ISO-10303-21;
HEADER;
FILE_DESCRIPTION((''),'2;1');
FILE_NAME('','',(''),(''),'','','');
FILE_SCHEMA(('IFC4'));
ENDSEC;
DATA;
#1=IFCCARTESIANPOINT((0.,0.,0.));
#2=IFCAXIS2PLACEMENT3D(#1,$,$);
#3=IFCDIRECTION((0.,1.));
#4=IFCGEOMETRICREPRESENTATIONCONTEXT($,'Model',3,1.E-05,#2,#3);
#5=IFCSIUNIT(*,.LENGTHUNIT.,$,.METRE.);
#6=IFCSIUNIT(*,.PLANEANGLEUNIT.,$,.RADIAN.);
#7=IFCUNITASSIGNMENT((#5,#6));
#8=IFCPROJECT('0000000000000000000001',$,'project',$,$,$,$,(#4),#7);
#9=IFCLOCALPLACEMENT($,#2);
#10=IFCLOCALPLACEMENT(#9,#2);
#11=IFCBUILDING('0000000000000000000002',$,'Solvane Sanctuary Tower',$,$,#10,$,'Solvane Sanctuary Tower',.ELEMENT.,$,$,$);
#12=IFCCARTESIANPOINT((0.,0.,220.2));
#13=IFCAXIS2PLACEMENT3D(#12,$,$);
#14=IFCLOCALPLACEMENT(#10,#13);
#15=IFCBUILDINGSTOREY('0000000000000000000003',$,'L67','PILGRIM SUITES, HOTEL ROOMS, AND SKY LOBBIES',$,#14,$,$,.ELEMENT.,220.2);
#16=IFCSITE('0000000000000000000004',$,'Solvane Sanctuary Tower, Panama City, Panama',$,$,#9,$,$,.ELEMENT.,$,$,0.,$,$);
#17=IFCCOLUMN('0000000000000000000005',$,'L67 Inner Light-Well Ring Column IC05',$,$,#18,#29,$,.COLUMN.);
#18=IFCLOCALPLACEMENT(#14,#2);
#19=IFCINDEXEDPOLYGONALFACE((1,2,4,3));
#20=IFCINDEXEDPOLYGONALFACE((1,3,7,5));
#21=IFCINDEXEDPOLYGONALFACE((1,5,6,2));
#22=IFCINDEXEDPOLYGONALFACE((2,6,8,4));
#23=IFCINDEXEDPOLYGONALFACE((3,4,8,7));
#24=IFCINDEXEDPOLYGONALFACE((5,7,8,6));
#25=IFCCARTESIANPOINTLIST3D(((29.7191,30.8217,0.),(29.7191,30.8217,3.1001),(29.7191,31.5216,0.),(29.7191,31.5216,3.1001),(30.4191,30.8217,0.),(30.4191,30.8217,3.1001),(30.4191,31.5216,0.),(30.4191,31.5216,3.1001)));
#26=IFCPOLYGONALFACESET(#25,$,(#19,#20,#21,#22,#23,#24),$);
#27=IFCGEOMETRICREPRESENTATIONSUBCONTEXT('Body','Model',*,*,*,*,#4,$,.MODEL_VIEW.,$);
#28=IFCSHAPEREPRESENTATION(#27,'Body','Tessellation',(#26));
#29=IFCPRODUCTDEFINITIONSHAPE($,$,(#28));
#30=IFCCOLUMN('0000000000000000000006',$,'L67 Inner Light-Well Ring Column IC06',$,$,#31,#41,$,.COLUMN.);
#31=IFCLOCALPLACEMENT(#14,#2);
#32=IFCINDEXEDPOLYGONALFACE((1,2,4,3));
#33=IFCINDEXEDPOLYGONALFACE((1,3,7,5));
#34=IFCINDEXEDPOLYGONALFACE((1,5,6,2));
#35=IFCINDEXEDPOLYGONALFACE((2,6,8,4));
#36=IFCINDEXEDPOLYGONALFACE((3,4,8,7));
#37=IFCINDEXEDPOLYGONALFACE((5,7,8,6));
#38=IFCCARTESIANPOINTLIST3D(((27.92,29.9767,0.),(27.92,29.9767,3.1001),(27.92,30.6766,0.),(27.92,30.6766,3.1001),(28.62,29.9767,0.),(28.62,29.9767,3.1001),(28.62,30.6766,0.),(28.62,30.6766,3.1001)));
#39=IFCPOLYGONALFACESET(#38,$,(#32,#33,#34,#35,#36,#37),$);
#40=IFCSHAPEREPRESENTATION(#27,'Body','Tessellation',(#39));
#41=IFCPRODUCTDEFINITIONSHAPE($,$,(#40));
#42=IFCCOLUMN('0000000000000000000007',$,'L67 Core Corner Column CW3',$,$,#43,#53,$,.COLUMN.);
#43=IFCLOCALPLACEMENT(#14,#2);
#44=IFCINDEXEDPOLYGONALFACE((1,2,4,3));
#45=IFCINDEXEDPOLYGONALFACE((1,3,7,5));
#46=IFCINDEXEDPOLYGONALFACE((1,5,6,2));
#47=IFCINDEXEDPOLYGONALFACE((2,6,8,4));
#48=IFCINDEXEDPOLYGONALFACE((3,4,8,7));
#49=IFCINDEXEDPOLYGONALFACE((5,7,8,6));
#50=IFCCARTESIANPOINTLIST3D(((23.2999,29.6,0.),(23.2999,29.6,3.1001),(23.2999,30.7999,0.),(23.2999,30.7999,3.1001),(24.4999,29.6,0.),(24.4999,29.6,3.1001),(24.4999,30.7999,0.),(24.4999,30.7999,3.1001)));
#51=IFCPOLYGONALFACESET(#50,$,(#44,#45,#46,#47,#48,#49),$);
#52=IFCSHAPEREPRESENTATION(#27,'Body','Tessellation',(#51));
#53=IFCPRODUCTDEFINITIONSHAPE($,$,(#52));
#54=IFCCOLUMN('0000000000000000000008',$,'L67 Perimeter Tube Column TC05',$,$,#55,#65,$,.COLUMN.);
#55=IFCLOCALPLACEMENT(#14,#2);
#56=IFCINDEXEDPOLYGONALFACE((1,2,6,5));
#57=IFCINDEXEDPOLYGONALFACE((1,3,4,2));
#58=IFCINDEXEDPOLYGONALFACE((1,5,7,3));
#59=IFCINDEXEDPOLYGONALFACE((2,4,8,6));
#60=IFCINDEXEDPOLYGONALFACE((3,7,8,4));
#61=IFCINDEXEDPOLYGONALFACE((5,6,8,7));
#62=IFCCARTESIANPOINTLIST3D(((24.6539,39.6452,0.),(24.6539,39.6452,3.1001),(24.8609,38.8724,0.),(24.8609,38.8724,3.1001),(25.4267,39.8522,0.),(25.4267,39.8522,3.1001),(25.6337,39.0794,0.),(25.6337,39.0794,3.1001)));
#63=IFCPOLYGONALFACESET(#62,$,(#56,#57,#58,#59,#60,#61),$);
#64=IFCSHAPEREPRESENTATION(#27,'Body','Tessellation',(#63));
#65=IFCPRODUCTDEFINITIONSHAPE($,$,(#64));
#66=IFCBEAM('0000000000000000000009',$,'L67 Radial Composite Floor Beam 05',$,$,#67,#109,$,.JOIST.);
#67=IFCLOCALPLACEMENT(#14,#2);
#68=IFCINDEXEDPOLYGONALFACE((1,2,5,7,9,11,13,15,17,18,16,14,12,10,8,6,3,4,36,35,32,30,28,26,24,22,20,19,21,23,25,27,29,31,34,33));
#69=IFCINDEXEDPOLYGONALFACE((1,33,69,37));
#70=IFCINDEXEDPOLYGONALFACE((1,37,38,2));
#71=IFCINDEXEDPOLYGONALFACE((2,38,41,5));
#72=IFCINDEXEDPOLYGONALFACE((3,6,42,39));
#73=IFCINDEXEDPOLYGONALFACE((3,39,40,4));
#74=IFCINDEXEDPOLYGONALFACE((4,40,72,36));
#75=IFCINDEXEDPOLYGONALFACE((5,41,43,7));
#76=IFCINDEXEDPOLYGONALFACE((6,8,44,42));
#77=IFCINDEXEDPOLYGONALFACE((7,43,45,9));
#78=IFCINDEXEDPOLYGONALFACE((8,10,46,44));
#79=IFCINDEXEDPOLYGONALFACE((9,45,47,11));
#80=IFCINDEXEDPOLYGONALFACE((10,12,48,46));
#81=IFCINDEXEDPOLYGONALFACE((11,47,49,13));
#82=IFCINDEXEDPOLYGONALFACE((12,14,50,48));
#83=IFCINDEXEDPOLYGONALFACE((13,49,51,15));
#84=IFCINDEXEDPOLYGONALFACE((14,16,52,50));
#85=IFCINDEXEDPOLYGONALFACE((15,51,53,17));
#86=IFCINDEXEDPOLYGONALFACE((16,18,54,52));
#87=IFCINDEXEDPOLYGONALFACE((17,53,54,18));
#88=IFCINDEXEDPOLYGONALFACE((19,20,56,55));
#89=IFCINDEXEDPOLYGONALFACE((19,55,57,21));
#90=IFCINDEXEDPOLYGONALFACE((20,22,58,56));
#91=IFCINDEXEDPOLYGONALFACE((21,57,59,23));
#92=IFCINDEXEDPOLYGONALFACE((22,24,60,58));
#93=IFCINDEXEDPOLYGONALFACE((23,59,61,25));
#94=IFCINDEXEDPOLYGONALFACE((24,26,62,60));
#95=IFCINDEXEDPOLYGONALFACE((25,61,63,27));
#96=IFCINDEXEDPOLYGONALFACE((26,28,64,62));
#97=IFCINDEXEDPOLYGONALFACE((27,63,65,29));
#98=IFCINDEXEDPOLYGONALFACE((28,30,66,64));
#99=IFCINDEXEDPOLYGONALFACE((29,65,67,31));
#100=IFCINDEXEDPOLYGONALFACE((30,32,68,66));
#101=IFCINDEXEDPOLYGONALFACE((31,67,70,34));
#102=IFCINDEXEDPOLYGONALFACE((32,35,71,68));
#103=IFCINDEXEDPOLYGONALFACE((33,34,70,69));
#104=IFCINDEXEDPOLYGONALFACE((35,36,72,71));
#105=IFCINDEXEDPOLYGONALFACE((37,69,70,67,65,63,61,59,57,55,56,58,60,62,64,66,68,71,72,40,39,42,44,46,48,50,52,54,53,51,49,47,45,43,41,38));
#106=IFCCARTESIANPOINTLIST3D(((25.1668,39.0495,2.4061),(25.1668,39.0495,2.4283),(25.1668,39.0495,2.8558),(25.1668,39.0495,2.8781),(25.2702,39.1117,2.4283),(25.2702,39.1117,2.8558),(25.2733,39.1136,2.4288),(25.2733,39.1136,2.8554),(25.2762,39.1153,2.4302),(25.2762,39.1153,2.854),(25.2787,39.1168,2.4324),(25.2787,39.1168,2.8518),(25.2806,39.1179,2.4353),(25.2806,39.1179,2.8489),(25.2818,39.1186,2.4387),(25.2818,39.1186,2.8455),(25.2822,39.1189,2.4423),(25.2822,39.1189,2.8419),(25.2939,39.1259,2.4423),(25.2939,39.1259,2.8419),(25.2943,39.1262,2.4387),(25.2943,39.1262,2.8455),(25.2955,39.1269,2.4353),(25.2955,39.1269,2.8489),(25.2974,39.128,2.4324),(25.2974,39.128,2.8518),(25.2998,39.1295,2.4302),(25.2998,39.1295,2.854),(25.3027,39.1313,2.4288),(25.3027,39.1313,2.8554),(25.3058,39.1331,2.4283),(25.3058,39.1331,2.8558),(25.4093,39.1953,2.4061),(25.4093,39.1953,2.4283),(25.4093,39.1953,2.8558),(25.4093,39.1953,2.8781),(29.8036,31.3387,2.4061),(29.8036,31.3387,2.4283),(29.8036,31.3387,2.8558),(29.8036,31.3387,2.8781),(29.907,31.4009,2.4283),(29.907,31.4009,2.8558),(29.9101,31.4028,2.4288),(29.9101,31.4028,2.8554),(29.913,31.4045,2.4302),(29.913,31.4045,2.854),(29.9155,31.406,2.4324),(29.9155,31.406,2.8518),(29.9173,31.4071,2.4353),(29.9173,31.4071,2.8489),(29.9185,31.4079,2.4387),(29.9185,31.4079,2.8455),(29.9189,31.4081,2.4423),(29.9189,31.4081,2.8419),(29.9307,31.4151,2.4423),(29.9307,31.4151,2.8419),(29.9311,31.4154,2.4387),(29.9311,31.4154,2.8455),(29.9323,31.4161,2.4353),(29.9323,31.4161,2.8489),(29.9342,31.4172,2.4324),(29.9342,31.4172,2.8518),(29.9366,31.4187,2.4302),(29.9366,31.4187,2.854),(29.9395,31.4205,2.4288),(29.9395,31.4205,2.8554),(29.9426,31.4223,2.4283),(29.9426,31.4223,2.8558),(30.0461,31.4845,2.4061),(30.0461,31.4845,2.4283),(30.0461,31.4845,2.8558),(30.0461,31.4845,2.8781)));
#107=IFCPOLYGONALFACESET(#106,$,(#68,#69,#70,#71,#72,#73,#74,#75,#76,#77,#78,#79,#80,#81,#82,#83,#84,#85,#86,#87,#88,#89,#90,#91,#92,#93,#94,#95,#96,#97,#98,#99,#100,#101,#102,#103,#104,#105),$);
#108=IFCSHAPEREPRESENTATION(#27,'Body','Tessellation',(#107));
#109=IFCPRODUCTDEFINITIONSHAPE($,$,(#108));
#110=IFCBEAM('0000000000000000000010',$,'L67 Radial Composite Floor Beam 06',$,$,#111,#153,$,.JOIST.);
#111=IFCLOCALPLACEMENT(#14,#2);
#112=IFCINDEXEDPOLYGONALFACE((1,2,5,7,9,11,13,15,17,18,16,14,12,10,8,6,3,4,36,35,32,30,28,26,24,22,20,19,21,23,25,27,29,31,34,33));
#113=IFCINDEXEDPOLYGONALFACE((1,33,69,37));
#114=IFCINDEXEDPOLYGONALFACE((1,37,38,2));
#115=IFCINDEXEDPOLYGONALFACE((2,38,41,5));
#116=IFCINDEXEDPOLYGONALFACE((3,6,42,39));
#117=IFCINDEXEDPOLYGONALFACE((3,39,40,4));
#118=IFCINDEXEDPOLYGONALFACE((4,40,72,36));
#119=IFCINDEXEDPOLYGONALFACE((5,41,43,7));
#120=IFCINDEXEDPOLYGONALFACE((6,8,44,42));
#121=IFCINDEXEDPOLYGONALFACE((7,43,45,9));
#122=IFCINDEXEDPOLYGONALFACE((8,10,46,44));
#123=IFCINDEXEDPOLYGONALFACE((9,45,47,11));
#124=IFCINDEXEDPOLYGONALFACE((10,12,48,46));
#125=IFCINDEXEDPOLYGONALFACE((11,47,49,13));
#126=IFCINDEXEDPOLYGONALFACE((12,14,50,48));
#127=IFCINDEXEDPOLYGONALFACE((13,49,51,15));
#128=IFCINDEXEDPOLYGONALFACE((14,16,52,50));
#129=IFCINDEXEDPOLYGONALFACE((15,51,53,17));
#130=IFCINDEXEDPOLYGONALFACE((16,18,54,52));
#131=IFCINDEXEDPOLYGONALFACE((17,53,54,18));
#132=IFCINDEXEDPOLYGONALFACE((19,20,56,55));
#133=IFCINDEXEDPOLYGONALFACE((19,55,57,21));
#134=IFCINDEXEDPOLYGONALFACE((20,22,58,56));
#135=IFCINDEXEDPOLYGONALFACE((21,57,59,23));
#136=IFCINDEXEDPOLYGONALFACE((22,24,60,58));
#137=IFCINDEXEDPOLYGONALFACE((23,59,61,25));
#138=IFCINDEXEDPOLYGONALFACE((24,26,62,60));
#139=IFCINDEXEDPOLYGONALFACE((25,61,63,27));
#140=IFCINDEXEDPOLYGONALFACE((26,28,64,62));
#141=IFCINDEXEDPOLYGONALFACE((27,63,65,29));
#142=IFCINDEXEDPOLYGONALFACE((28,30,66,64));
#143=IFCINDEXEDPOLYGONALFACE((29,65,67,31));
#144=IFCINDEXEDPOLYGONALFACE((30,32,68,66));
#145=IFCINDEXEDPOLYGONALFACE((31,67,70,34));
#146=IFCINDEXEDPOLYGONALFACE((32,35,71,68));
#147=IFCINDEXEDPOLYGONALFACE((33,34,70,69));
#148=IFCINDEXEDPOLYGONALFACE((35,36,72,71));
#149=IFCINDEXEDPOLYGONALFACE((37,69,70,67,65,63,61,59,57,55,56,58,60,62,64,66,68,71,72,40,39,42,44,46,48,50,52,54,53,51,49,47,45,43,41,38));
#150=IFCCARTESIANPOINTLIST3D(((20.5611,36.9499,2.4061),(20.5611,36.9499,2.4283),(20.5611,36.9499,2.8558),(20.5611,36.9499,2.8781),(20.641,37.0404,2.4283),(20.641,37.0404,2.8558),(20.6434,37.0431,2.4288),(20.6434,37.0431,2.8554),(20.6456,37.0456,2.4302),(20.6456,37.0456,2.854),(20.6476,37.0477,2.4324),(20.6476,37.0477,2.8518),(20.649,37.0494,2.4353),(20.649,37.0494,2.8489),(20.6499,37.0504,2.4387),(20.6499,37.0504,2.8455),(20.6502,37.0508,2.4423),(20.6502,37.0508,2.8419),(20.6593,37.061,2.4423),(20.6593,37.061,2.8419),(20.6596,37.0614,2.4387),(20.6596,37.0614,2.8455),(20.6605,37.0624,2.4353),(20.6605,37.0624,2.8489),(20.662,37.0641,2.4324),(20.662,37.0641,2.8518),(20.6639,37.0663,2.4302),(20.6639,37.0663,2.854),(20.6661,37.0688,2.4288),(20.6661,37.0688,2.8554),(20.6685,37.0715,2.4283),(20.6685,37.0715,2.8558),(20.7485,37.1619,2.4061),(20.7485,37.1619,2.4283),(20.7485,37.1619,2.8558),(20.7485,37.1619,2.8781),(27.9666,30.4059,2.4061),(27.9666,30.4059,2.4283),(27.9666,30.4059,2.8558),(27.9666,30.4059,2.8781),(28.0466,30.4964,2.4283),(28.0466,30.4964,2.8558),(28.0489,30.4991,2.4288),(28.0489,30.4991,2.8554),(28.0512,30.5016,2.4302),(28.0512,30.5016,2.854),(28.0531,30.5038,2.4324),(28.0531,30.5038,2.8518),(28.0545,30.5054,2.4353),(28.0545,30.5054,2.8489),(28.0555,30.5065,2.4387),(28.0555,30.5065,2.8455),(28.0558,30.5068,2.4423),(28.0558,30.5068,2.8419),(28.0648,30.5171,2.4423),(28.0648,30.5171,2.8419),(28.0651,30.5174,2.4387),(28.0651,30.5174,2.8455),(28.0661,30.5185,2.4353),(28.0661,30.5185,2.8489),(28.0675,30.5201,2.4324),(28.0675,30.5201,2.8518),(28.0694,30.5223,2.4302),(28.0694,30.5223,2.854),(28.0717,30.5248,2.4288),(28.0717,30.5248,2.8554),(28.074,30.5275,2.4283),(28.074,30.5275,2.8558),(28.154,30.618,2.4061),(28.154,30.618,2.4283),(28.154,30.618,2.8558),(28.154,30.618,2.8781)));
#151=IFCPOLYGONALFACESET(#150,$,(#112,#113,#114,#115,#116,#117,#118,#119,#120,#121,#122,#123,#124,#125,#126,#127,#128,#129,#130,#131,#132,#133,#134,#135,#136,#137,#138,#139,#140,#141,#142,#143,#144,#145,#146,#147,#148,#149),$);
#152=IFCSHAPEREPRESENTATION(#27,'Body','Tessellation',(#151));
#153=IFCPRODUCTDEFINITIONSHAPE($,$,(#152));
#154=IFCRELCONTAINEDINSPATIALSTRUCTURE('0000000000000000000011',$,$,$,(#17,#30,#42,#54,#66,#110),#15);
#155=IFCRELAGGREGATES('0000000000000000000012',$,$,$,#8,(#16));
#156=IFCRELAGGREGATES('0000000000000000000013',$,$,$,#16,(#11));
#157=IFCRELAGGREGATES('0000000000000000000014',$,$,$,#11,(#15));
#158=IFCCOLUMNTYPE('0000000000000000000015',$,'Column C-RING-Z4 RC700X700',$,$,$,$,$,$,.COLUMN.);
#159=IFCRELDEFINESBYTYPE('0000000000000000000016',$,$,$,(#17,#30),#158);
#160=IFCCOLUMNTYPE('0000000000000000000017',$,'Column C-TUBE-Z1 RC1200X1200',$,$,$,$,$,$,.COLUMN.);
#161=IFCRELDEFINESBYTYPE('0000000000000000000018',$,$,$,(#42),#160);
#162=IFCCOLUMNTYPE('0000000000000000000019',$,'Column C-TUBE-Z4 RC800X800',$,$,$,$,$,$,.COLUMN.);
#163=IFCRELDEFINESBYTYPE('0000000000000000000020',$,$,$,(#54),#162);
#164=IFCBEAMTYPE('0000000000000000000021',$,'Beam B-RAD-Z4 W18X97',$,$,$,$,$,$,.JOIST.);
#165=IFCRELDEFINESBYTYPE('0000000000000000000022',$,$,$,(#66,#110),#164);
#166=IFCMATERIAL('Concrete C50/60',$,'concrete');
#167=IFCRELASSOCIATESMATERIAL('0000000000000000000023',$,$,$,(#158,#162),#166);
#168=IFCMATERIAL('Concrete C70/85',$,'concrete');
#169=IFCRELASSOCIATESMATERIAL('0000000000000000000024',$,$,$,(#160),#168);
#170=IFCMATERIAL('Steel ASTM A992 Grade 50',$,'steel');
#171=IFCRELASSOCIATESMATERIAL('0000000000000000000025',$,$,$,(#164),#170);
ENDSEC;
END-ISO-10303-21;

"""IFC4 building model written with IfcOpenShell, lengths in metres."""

from ifc_helpers import new_model, si_unit, direction, frame, origin, origin_2d, place, context, subcontext, project, spatial, rectangle, i_section, extrude, material, material_profile, profile_set, type_object, element, save


model = new_model("IFC4")

# Units and contexts
model_context = context("Model", 3, precision=1e-05, world=origin(), true_north=direction((0.0, 1.0)))
body_context = subcontext(model_context, "Body", "Model", "MODEL_VIEW")
ifc_project = project(units=[si_unit("LENGTHUNIT", "METRE"), si_unit("PLANEANGLEUNIT", "RADIAN")], contexts=[model_context])

# Site, building, storey
site_placement = place(None, origin())
site = spatial("IfcSite", under=ifc_project, at=site_placement, Name="Solvane Sanctuary Tower, Panama City, Panama", CompositionType="ELEMENT", RefElevation=0.0)
building_placement = place(site_placement, origin())
building = spatial("IfcBuilding", under=site, at=building_placement, Name="Solvane Sanctuary Tower", LongName="Solvane Sanctuary Tower", CompositionType="ELEMENT")
storey_placement = place(building_placement, frame((0.0, 0.0, 220.2)))
storey = spatial("IfcBuildingStorey", under=building, at=storey_placement, Name="L67", Description="PILGRIM SUITES, HOTEL ROOMS, AND SKY LOBBIES", CompositionType="ELEMENT", Elevation=220.2)

# Columns
ifc_material_1 = material(Name="Concrete C50/60", Category="concrete")
ifc_material_profile_1 = material_profile(ifc_material_1, rectangle(XDim=0.7, YDim=0.7, at=origin_2d()), Name="RC700X700")
ifc_profile_set_1 = profile_set([ifc_material_profile_1], Name="Concrete C50/60")
column_type_1 = type_object("IfcColumnType", Name="Column C-RING-Z4 RC700X700", PredefinedType="COLUMN", material=ifc_profile_set_1)
for number, where, z_axis, x_axis, name in (
    (1, (30.0691, 31.1716, 0.0), (0.0, 0.0, 1.0), (1.0, 0.0, 0.0), "L67 Inner Light-Well Ring Column IC05"),
    (2, (28.27, 30.3267, 0.0), (0.0, 0.0, 1.0), (1.0, 0.0, 0.0), "L67 Inner Light-Well Ring Column IC06"),
):
    element("IfcColumn", number, at=place(storey_placement, frame(where, z_axis=z_axis, x_axis=x_axis)), inside=storey, type_object=column_type_1, Name=name, PredefinedType="COLUMN", context=body_context, shape_type="SweptSolid", body=[
        extrude(rectangle(XDim=0.7, YDim=0.7, at=origin_2d()), origin(), (0.0, 0.0, 1.0), 3.1001),
    ])
ifc_material_2 = material(Name="Concrete C70/85", Category="concrete")
ifc_material_profile_2 = material_profile(ifc_material_2, rectangle(XDim=1.2, YDim=1.2, at=origin_2d()), Name="RC1200X1200")
ifc_profile_set_2 = profile_set([ifc_material_profile_2], Name="Concrete C70/85")
column_type_2 = type_object("IfcColumnType", Name="Column C-TUBE-Z1 RC1200X1200", PredefinedType="COLUMN", material=ifc_profile_set_2)
column_1_placement = place(storey_placement, frame((23.8999, 30.2, 0.0), z_axis=(0.0, 0.0, 1.0), x_axis=(1.0, 0.0, 0.0)))
element("IfcColumn", 3, at=column_1_placement, inside=storey, type_object=column_type_2, Name="L67 Core Corner Column CW3", PredefinedType="COLUMN", context=body_context, shape_type="SweptSolid", body=[
    extrude(rectangle(XDim=1.2, YDim=1.2, at=origin_2d()), origin(), (0.0, 0.0, 1.0), 3.1001),
])
ifc_material_profile_3 = material_profile(ifc_material_1, rectangle(XDim=0.8, YDim=0.8, at=origin_2d()), Name="RC800X800")
ifc_profile_set_3 = profile_set([ifc_material_profile_3], Name="Concrete C50/60")
column_type_3 = type_object("IfcColumnType", Name="Column C-TUBE-Z4 RC800X800", PredefinedType="COLUMN", material=ifc_profile_set_3)
column_2_placement = place(storey_placement, frame((25.1438, 39.3623, 0.0), z_axis=(0.0, 0.0, 1.0), x_axis=(-0.258819, 0.965926, 0.0)))
element("IfcColumn", 4, at=column_2_placement, inside=storey, type_object=column_type_3, Name="L67 Perimeter Tube Column TC05", PredefinedType="COLUMN", context=body_context, shape_type="SweptSolid", body=[
    extrude(rectangle(XDim=0.8, YDim=0.8, at=origin_2d()), origin(), (0.0, 0.0, 1.0), 3.1001),
])

# Beams
ifc_material_3 = material(Name="Steel ASTM A992 Grade 50", Category="steel")
ifc_material_profile_4 = material_profile(ifc_material_3, i_section(OverallWidth=0.283, OverallDepth=0.4719, WebThickness=0.0137, FlangeThickness=0.0222, FilletRadius=0.0139, at=origin_2d()), Name="W18X97")
ifc_profile_set_4 = profile_set([ifc_material_profile_4], Name="Steel ASTM A992 Grade 50")
beam_type_1 = type_object("IfcBeamType", Name="Beam B-RAD-Z4 W18X97", PredefinedType="JOIST", material=ifc_profile_set_4)
beam_1_placement = place(storey_placement, frame((29.9248, 31.4116, 2.6421), z_axis=(-0.515337, 0.856987, 0.0), x_axis=(-0.856987, -0.515337, 0.0)))
element("IfcBeam", 5, at=beam_1_placement, inside=storey, type_object=beam_type_1, Name="L67 Radial Composite Floor Beam 05", PredefinedType="JOIST", context=body_context, shape_type="SweptSolid", body=[
    extrude(i_section(OverallWidth=0.283, OverallDepth=0.4719, WebThickness=0.0137, FlangeThickness=0.0222, FilletRadius=0.0139, at=origin_2d()), origin(), (0.0, 0.0, 1.0), 8.9976),
])
beam_2_placement = place(storey_placement, frame((28.0603, 30.512, 2.6421), z_axis=(-0.749352, 0.662171, 0.0), x_axis=(-0.662171, -0.749352, 0.0)))
element("IfcBeam", 6, at=beam_2_placement, inside=storey, type_object=beam_type_1, Name="L67 Radial Composite Floor Beam 06", PredefinedType="JOIST", context=body_context, shape_type="SweptSolid", body=[
    extrude(i_section(OverallWidth=0.283, OverallDepth=0.4719, WebThickness=0.0137, FlangeThickness=0.0222, FilletRadius=0.0139, at=origin_2d()), origin(), (0.0, 0.0, 1.0), 9.8826),
])

save(model, "model.ifc")
